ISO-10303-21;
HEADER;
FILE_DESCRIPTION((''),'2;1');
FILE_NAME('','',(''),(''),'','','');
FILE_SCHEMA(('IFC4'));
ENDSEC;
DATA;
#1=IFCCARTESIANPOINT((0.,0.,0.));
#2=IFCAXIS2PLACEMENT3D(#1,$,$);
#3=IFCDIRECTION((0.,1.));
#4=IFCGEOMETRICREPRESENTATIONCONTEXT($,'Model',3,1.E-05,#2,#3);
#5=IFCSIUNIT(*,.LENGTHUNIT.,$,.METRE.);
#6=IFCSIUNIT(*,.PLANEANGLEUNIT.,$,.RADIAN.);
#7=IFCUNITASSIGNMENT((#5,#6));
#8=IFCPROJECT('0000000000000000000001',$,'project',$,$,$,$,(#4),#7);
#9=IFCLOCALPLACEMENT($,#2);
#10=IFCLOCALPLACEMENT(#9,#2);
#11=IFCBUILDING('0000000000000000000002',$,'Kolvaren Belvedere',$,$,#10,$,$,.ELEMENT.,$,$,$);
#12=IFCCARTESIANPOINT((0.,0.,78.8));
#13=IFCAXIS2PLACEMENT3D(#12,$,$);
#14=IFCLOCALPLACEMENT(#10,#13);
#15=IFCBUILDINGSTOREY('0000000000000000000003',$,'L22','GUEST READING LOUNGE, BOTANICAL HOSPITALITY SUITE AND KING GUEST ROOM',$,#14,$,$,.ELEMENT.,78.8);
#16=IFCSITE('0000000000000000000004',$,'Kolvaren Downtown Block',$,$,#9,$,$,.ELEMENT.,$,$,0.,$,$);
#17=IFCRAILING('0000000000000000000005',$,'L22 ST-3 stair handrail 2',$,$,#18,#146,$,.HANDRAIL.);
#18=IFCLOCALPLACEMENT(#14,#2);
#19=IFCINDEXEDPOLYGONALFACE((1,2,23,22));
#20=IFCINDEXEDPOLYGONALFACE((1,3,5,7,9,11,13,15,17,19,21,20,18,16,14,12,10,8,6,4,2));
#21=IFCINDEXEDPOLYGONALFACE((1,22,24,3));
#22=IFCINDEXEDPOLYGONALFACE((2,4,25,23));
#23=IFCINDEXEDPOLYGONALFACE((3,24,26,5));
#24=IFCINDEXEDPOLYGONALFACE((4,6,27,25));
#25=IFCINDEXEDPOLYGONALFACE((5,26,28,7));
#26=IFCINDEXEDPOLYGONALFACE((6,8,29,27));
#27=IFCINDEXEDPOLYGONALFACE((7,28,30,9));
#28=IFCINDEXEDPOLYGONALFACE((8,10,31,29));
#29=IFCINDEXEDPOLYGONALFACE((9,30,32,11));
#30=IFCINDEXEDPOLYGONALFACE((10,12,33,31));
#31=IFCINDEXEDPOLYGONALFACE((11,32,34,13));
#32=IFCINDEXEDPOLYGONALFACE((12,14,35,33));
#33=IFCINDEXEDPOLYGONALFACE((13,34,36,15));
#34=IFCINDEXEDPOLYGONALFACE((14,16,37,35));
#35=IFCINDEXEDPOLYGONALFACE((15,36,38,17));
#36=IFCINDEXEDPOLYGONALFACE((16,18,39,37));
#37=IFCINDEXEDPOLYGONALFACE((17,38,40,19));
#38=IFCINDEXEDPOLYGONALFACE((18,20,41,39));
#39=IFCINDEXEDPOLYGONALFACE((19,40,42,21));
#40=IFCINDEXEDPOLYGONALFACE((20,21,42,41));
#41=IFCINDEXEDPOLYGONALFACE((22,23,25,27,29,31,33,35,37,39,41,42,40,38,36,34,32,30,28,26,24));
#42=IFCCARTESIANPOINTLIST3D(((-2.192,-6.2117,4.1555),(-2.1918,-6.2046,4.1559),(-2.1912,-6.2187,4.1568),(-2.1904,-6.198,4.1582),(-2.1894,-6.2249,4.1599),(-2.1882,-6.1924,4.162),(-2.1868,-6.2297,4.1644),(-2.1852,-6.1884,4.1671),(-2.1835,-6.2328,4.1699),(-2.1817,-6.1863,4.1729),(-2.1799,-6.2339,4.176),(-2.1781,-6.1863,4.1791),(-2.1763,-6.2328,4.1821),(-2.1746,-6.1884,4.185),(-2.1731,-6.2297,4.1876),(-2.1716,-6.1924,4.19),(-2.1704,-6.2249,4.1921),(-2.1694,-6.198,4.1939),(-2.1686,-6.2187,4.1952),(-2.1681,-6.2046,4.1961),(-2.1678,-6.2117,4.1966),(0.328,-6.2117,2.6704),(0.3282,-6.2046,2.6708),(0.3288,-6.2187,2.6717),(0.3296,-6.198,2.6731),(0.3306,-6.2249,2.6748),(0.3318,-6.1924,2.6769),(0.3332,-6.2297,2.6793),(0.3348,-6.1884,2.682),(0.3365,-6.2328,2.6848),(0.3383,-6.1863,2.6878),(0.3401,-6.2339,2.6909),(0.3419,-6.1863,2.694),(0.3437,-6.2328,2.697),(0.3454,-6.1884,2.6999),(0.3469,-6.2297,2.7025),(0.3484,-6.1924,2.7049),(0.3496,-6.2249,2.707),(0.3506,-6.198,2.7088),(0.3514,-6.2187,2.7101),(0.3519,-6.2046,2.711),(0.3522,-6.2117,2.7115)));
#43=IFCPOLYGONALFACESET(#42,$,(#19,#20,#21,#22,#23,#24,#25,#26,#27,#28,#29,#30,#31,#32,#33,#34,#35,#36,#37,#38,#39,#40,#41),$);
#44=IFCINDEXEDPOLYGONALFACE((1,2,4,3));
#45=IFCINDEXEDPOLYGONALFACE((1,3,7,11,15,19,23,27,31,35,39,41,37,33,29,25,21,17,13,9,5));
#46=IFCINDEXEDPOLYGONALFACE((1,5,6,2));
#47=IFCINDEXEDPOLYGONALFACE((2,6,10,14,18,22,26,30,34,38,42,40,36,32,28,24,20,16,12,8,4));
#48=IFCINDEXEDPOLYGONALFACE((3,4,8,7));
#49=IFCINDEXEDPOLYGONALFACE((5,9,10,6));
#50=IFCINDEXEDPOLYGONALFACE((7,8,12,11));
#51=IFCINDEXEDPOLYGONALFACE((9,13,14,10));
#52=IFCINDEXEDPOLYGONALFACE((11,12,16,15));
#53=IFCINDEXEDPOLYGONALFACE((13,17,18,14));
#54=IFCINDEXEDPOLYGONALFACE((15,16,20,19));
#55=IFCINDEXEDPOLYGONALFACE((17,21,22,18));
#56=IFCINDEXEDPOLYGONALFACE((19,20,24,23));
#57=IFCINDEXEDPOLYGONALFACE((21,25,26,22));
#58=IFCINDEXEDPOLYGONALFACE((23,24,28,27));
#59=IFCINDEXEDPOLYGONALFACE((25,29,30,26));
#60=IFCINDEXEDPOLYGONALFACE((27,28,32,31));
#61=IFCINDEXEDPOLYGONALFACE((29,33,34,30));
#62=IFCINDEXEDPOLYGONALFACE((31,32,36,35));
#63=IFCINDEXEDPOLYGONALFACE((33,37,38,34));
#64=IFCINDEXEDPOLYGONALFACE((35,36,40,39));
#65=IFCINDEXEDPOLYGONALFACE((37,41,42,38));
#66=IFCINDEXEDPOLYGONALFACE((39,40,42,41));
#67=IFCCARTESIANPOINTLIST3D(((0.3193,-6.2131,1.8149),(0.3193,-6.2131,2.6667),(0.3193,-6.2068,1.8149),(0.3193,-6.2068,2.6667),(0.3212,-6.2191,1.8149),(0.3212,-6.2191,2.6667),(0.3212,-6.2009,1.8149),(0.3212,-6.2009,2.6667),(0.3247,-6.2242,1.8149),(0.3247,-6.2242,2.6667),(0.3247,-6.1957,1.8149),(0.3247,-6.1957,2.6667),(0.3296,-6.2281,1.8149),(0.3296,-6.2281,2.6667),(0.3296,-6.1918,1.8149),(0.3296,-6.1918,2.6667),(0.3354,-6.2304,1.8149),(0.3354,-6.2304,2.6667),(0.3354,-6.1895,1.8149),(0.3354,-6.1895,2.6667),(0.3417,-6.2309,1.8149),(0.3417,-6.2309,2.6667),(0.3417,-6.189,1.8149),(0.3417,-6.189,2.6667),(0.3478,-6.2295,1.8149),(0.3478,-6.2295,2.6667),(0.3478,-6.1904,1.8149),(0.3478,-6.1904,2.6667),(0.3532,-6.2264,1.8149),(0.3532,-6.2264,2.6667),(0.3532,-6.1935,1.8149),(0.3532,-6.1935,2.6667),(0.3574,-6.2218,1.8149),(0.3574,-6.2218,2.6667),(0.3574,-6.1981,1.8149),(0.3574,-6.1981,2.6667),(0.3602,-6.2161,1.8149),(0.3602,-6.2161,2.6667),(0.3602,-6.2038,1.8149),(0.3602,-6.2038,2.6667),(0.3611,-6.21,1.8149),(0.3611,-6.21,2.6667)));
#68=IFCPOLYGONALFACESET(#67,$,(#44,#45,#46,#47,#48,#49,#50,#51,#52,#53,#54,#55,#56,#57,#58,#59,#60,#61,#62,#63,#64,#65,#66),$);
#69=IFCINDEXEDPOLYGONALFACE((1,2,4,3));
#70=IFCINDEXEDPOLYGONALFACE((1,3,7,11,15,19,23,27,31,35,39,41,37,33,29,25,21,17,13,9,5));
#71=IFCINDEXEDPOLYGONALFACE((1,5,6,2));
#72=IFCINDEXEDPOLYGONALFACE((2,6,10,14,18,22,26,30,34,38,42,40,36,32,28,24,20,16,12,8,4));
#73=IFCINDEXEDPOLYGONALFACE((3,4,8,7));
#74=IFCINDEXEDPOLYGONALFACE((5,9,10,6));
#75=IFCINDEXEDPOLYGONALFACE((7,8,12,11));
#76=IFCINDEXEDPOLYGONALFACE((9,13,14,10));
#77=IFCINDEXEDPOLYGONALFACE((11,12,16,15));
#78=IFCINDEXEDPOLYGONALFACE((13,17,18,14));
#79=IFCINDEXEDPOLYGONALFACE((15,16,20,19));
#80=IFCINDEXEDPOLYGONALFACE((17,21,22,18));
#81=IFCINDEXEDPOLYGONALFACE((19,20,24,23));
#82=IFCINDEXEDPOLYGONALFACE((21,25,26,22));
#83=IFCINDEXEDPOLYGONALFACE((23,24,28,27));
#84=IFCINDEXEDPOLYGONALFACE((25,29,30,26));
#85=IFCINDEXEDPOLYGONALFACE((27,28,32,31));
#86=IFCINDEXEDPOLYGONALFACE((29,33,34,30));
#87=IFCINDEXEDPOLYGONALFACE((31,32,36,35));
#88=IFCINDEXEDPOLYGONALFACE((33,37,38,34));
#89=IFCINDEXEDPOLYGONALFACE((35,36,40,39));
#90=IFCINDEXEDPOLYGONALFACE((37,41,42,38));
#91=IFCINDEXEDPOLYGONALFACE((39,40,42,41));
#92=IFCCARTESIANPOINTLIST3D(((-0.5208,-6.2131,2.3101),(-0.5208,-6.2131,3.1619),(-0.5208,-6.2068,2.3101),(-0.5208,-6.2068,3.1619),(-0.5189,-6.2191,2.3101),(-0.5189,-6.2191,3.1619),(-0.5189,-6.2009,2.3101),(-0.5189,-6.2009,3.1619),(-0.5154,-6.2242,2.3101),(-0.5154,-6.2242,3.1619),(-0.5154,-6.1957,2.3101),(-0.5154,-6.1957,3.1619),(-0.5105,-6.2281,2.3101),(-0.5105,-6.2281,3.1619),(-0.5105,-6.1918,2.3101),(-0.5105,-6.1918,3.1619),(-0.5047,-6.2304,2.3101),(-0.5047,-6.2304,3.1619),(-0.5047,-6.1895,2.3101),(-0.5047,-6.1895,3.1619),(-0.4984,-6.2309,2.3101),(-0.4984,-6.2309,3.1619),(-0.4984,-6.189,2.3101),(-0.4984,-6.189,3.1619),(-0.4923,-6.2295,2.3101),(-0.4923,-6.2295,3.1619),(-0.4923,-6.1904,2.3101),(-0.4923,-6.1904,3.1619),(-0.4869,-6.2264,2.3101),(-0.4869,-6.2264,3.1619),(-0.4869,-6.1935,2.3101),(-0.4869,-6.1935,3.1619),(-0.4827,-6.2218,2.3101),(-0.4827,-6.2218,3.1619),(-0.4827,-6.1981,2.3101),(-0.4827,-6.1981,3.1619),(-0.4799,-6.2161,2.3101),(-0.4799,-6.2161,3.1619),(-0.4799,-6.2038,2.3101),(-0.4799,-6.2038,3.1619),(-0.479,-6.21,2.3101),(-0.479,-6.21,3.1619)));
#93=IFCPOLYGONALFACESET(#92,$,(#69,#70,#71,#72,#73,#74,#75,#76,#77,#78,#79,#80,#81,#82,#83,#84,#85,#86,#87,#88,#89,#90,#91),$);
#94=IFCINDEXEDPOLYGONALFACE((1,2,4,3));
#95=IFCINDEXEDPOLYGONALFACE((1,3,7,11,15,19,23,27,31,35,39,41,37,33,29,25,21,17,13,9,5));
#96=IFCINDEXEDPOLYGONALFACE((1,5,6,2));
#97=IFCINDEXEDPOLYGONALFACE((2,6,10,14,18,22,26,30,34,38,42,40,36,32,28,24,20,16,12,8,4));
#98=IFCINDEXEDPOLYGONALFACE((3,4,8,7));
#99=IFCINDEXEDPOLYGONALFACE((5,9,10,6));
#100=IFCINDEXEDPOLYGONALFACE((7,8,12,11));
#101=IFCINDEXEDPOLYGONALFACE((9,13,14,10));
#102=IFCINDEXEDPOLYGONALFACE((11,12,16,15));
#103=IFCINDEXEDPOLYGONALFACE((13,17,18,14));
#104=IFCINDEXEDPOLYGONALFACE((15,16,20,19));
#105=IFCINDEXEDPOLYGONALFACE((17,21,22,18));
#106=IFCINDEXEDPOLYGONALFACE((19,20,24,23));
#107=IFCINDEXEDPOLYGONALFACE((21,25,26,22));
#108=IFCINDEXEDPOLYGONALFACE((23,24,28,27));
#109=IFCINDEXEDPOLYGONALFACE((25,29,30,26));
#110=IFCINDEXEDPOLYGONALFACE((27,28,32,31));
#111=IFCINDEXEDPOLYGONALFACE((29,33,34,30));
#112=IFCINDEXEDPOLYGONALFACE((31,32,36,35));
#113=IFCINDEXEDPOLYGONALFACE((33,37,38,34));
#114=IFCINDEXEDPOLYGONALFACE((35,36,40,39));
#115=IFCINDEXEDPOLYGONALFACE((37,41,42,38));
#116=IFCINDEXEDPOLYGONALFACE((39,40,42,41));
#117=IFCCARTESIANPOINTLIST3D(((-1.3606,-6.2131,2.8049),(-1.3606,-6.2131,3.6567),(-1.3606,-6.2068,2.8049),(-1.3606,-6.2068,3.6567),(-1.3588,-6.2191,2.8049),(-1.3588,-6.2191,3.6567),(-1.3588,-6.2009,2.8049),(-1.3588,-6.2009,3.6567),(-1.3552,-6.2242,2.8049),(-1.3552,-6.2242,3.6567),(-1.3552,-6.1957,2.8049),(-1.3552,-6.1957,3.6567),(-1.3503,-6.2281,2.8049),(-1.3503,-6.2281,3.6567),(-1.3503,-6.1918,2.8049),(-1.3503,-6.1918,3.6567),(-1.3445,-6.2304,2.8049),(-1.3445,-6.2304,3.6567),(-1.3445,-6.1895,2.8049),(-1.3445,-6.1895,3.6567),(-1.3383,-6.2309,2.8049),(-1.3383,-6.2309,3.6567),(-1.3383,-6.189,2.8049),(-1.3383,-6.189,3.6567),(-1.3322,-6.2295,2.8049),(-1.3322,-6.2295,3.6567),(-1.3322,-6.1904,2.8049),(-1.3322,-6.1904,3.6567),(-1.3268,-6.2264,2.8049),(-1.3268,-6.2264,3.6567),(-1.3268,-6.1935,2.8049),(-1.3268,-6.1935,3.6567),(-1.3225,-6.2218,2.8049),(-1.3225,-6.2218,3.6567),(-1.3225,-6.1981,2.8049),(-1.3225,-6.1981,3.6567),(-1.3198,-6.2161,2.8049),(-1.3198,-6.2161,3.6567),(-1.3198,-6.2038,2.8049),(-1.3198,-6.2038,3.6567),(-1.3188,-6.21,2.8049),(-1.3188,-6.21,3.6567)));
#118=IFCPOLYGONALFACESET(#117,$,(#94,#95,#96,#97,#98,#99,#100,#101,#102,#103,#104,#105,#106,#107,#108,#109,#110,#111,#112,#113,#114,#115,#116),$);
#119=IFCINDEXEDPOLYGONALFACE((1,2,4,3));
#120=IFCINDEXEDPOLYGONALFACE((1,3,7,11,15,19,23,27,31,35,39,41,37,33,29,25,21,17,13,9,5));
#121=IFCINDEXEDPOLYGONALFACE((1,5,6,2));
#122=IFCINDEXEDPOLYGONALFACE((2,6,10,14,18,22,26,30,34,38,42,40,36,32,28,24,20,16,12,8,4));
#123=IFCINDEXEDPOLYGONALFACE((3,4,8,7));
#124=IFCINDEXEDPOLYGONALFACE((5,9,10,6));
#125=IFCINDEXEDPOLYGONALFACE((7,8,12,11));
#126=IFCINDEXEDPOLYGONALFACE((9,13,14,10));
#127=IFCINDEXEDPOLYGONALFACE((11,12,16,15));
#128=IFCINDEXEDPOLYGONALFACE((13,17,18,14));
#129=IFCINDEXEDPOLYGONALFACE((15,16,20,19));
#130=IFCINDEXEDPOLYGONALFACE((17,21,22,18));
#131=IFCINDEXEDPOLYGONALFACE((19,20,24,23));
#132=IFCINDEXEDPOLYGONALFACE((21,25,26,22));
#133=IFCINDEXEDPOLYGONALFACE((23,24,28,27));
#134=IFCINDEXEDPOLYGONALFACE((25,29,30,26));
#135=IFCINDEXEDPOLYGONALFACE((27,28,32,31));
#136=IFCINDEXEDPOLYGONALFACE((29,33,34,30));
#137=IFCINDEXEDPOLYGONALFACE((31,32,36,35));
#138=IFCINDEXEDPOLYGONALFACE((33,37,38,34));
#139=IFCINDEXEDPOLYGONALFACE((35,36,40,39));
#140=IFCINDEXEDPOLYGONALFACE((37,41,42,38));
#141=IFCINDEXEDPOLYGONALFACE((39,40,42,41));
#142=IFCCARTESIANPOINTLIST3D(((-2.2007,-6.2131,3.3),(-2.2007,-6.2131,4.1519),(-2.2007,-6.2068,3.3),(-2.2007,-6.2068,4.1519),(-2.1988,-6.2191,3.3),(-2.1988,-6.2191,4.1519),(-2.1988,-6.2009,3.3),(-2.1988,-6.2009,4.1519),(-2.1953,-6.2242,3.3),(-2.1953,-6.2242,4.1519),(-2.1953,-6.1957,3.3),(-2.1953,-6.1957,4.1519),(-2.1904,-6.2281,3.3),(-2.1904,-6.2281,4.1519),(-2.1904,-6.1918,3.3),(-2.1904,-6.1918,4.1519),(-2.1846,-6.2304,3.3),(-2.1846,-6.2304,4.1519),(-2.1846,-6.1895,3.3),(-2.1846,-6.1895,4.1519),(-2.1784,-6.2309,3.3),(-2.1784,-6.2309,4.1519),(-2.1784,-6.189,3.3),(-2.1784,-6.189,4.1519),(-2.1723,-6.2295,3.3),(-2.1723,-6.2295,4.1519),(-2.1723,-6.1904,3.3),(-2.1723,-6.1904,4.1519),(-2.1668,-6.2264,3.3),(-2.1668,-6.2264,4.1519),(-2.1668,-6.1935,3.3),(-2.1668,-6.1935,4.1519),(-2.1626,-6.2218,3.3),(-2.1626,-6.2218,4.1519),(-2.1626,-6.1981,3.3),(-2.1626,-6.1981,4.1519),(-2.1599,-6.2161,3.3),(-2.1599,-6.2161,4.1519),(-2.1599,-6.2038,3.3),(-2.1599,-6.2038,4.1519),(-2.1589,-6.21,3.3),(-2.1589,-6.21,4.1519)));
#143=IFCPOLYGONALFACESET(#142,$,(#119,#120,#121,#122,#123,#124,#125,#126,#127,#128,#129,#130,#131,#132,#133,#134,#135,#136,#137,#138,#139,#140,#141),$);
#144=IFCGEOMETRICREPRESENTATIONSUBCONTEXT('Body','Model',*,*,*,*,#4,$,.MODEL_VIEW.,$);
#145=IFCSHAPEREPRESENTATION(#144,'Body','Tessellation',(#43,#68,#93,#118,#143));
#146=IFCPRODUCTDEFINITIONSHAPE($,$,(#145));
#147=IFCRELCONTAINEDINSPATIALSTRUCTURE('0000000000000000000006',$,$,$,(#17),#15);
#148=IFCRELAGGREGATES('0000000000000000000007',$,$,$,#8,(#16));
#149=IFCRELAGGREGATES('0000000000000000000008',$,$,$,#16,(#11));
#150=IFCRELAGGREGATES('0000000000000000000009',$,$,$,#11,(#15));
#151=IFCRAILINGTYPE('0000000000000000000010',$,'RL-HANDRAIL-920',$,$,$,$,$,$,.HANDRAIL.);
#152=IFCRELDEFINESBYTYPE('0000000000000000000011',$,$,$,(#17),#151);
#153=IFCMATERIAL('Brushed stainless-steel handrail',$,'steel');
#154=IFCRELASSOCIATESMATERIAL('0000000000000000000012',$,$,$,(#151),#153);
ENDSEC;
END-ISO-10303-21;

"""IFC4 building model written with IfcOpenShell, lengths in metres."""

from ifc_helpers import new_model, si_unit, direction, frame, origin, origin_2d, place, context, subcontext, project, spatial, circle, extrude, material, type_object, element, save


model = new_model("IFC4")

# Units and contexts
model_context = context("Model", 3, precision=1e-05, world=origin(), true_north=direction((0.0, 1.0)))
body_context = subcontext(model_context, "Body", "Model", "MODEL_VIEW")
ifc_project = project(units=[si_unit("LENGTHUNIT", "METRE"), si_unit("PLANEANGLEUNIT", "RADIAN")], contexts=[model_context])

# Site, building, storey
site_placement = place(None, origin())
site = spatial("IfcSite", under=ifc_project, at=site_placement, Name="Kolvaren Downtown Block", CompositionType="ELEMENT", RefElevation=0.0)
building_placement = place(site_placement, origin())
building = spatial("IfcBuilding", under=site, at=building_placement, Name="Kolvaren Belvedere", CompositionType="ELEMENT")
storey_placement = place(building_placement, frame((0.0, 0.0, 78.8)))
storey = spatial("IfcBuildingStorey", under=building, at=storey_placement, Name="L22", Description="GUEST READING LOUNGE, BOTANICAL HOSPITALITY SUITE AND KING GUEST ROOM", CompositionType="ELEMENT", Elevation=78.8)

# Railing
ifc_material_1 = material(Name="Brushed stainless-steel handrail", Category="steel")
railing_type_1 = type_object("IfcRailingType", Name="RL-HANDRAIL-920", PredefinedType="HANDRAIL", material=ifc_material_1)
railing_1_placement = place(storey_placement, frame((0.3401, -6.21, 1.8149)))
element("IfcRailing", 1, at=railing_1_placement, inside=storey, type_object=railing_type_1, Name="L22 ST-3 stair handrail 2", PredefinedType="HANDRAIL", context=body_context, shape_type="SweptSolid", body=[
    extrude(circle(Radius=0.0239, at=origin_2d()), frame((0.0, 0.0, 0.876), z_axis=(-0.861524, 0.0, 0.507717), x_axis=(0.0, -1.0, 0.0)), (0.0, 0.0, 1.0), 2.925),
    extrude(circle(Radius=0.021, at=origin_2d()), origin(), (0.0, 0.0, 1.0), 0.8518),
    extrude(circle(Radius=0.021, at=origin_2d()), frame((-0.8401, 0.0, 0.4951)), (0.0, 0.0, 1.0), 0.8518),
    extrude(circle(Radius=0.021, at=origin_2d()), frame((-1.6799, 0.0, 0.99)), (0.0, 0.0, 1.0), 0.8518),
    extrude(circle(Radius=0.021, at=origin_2d()), frame((-2.52, 0.0, 1.4851)), (0.0, 0.0, 1.0), 0.8518),
])

save(model, "model.ifc")
